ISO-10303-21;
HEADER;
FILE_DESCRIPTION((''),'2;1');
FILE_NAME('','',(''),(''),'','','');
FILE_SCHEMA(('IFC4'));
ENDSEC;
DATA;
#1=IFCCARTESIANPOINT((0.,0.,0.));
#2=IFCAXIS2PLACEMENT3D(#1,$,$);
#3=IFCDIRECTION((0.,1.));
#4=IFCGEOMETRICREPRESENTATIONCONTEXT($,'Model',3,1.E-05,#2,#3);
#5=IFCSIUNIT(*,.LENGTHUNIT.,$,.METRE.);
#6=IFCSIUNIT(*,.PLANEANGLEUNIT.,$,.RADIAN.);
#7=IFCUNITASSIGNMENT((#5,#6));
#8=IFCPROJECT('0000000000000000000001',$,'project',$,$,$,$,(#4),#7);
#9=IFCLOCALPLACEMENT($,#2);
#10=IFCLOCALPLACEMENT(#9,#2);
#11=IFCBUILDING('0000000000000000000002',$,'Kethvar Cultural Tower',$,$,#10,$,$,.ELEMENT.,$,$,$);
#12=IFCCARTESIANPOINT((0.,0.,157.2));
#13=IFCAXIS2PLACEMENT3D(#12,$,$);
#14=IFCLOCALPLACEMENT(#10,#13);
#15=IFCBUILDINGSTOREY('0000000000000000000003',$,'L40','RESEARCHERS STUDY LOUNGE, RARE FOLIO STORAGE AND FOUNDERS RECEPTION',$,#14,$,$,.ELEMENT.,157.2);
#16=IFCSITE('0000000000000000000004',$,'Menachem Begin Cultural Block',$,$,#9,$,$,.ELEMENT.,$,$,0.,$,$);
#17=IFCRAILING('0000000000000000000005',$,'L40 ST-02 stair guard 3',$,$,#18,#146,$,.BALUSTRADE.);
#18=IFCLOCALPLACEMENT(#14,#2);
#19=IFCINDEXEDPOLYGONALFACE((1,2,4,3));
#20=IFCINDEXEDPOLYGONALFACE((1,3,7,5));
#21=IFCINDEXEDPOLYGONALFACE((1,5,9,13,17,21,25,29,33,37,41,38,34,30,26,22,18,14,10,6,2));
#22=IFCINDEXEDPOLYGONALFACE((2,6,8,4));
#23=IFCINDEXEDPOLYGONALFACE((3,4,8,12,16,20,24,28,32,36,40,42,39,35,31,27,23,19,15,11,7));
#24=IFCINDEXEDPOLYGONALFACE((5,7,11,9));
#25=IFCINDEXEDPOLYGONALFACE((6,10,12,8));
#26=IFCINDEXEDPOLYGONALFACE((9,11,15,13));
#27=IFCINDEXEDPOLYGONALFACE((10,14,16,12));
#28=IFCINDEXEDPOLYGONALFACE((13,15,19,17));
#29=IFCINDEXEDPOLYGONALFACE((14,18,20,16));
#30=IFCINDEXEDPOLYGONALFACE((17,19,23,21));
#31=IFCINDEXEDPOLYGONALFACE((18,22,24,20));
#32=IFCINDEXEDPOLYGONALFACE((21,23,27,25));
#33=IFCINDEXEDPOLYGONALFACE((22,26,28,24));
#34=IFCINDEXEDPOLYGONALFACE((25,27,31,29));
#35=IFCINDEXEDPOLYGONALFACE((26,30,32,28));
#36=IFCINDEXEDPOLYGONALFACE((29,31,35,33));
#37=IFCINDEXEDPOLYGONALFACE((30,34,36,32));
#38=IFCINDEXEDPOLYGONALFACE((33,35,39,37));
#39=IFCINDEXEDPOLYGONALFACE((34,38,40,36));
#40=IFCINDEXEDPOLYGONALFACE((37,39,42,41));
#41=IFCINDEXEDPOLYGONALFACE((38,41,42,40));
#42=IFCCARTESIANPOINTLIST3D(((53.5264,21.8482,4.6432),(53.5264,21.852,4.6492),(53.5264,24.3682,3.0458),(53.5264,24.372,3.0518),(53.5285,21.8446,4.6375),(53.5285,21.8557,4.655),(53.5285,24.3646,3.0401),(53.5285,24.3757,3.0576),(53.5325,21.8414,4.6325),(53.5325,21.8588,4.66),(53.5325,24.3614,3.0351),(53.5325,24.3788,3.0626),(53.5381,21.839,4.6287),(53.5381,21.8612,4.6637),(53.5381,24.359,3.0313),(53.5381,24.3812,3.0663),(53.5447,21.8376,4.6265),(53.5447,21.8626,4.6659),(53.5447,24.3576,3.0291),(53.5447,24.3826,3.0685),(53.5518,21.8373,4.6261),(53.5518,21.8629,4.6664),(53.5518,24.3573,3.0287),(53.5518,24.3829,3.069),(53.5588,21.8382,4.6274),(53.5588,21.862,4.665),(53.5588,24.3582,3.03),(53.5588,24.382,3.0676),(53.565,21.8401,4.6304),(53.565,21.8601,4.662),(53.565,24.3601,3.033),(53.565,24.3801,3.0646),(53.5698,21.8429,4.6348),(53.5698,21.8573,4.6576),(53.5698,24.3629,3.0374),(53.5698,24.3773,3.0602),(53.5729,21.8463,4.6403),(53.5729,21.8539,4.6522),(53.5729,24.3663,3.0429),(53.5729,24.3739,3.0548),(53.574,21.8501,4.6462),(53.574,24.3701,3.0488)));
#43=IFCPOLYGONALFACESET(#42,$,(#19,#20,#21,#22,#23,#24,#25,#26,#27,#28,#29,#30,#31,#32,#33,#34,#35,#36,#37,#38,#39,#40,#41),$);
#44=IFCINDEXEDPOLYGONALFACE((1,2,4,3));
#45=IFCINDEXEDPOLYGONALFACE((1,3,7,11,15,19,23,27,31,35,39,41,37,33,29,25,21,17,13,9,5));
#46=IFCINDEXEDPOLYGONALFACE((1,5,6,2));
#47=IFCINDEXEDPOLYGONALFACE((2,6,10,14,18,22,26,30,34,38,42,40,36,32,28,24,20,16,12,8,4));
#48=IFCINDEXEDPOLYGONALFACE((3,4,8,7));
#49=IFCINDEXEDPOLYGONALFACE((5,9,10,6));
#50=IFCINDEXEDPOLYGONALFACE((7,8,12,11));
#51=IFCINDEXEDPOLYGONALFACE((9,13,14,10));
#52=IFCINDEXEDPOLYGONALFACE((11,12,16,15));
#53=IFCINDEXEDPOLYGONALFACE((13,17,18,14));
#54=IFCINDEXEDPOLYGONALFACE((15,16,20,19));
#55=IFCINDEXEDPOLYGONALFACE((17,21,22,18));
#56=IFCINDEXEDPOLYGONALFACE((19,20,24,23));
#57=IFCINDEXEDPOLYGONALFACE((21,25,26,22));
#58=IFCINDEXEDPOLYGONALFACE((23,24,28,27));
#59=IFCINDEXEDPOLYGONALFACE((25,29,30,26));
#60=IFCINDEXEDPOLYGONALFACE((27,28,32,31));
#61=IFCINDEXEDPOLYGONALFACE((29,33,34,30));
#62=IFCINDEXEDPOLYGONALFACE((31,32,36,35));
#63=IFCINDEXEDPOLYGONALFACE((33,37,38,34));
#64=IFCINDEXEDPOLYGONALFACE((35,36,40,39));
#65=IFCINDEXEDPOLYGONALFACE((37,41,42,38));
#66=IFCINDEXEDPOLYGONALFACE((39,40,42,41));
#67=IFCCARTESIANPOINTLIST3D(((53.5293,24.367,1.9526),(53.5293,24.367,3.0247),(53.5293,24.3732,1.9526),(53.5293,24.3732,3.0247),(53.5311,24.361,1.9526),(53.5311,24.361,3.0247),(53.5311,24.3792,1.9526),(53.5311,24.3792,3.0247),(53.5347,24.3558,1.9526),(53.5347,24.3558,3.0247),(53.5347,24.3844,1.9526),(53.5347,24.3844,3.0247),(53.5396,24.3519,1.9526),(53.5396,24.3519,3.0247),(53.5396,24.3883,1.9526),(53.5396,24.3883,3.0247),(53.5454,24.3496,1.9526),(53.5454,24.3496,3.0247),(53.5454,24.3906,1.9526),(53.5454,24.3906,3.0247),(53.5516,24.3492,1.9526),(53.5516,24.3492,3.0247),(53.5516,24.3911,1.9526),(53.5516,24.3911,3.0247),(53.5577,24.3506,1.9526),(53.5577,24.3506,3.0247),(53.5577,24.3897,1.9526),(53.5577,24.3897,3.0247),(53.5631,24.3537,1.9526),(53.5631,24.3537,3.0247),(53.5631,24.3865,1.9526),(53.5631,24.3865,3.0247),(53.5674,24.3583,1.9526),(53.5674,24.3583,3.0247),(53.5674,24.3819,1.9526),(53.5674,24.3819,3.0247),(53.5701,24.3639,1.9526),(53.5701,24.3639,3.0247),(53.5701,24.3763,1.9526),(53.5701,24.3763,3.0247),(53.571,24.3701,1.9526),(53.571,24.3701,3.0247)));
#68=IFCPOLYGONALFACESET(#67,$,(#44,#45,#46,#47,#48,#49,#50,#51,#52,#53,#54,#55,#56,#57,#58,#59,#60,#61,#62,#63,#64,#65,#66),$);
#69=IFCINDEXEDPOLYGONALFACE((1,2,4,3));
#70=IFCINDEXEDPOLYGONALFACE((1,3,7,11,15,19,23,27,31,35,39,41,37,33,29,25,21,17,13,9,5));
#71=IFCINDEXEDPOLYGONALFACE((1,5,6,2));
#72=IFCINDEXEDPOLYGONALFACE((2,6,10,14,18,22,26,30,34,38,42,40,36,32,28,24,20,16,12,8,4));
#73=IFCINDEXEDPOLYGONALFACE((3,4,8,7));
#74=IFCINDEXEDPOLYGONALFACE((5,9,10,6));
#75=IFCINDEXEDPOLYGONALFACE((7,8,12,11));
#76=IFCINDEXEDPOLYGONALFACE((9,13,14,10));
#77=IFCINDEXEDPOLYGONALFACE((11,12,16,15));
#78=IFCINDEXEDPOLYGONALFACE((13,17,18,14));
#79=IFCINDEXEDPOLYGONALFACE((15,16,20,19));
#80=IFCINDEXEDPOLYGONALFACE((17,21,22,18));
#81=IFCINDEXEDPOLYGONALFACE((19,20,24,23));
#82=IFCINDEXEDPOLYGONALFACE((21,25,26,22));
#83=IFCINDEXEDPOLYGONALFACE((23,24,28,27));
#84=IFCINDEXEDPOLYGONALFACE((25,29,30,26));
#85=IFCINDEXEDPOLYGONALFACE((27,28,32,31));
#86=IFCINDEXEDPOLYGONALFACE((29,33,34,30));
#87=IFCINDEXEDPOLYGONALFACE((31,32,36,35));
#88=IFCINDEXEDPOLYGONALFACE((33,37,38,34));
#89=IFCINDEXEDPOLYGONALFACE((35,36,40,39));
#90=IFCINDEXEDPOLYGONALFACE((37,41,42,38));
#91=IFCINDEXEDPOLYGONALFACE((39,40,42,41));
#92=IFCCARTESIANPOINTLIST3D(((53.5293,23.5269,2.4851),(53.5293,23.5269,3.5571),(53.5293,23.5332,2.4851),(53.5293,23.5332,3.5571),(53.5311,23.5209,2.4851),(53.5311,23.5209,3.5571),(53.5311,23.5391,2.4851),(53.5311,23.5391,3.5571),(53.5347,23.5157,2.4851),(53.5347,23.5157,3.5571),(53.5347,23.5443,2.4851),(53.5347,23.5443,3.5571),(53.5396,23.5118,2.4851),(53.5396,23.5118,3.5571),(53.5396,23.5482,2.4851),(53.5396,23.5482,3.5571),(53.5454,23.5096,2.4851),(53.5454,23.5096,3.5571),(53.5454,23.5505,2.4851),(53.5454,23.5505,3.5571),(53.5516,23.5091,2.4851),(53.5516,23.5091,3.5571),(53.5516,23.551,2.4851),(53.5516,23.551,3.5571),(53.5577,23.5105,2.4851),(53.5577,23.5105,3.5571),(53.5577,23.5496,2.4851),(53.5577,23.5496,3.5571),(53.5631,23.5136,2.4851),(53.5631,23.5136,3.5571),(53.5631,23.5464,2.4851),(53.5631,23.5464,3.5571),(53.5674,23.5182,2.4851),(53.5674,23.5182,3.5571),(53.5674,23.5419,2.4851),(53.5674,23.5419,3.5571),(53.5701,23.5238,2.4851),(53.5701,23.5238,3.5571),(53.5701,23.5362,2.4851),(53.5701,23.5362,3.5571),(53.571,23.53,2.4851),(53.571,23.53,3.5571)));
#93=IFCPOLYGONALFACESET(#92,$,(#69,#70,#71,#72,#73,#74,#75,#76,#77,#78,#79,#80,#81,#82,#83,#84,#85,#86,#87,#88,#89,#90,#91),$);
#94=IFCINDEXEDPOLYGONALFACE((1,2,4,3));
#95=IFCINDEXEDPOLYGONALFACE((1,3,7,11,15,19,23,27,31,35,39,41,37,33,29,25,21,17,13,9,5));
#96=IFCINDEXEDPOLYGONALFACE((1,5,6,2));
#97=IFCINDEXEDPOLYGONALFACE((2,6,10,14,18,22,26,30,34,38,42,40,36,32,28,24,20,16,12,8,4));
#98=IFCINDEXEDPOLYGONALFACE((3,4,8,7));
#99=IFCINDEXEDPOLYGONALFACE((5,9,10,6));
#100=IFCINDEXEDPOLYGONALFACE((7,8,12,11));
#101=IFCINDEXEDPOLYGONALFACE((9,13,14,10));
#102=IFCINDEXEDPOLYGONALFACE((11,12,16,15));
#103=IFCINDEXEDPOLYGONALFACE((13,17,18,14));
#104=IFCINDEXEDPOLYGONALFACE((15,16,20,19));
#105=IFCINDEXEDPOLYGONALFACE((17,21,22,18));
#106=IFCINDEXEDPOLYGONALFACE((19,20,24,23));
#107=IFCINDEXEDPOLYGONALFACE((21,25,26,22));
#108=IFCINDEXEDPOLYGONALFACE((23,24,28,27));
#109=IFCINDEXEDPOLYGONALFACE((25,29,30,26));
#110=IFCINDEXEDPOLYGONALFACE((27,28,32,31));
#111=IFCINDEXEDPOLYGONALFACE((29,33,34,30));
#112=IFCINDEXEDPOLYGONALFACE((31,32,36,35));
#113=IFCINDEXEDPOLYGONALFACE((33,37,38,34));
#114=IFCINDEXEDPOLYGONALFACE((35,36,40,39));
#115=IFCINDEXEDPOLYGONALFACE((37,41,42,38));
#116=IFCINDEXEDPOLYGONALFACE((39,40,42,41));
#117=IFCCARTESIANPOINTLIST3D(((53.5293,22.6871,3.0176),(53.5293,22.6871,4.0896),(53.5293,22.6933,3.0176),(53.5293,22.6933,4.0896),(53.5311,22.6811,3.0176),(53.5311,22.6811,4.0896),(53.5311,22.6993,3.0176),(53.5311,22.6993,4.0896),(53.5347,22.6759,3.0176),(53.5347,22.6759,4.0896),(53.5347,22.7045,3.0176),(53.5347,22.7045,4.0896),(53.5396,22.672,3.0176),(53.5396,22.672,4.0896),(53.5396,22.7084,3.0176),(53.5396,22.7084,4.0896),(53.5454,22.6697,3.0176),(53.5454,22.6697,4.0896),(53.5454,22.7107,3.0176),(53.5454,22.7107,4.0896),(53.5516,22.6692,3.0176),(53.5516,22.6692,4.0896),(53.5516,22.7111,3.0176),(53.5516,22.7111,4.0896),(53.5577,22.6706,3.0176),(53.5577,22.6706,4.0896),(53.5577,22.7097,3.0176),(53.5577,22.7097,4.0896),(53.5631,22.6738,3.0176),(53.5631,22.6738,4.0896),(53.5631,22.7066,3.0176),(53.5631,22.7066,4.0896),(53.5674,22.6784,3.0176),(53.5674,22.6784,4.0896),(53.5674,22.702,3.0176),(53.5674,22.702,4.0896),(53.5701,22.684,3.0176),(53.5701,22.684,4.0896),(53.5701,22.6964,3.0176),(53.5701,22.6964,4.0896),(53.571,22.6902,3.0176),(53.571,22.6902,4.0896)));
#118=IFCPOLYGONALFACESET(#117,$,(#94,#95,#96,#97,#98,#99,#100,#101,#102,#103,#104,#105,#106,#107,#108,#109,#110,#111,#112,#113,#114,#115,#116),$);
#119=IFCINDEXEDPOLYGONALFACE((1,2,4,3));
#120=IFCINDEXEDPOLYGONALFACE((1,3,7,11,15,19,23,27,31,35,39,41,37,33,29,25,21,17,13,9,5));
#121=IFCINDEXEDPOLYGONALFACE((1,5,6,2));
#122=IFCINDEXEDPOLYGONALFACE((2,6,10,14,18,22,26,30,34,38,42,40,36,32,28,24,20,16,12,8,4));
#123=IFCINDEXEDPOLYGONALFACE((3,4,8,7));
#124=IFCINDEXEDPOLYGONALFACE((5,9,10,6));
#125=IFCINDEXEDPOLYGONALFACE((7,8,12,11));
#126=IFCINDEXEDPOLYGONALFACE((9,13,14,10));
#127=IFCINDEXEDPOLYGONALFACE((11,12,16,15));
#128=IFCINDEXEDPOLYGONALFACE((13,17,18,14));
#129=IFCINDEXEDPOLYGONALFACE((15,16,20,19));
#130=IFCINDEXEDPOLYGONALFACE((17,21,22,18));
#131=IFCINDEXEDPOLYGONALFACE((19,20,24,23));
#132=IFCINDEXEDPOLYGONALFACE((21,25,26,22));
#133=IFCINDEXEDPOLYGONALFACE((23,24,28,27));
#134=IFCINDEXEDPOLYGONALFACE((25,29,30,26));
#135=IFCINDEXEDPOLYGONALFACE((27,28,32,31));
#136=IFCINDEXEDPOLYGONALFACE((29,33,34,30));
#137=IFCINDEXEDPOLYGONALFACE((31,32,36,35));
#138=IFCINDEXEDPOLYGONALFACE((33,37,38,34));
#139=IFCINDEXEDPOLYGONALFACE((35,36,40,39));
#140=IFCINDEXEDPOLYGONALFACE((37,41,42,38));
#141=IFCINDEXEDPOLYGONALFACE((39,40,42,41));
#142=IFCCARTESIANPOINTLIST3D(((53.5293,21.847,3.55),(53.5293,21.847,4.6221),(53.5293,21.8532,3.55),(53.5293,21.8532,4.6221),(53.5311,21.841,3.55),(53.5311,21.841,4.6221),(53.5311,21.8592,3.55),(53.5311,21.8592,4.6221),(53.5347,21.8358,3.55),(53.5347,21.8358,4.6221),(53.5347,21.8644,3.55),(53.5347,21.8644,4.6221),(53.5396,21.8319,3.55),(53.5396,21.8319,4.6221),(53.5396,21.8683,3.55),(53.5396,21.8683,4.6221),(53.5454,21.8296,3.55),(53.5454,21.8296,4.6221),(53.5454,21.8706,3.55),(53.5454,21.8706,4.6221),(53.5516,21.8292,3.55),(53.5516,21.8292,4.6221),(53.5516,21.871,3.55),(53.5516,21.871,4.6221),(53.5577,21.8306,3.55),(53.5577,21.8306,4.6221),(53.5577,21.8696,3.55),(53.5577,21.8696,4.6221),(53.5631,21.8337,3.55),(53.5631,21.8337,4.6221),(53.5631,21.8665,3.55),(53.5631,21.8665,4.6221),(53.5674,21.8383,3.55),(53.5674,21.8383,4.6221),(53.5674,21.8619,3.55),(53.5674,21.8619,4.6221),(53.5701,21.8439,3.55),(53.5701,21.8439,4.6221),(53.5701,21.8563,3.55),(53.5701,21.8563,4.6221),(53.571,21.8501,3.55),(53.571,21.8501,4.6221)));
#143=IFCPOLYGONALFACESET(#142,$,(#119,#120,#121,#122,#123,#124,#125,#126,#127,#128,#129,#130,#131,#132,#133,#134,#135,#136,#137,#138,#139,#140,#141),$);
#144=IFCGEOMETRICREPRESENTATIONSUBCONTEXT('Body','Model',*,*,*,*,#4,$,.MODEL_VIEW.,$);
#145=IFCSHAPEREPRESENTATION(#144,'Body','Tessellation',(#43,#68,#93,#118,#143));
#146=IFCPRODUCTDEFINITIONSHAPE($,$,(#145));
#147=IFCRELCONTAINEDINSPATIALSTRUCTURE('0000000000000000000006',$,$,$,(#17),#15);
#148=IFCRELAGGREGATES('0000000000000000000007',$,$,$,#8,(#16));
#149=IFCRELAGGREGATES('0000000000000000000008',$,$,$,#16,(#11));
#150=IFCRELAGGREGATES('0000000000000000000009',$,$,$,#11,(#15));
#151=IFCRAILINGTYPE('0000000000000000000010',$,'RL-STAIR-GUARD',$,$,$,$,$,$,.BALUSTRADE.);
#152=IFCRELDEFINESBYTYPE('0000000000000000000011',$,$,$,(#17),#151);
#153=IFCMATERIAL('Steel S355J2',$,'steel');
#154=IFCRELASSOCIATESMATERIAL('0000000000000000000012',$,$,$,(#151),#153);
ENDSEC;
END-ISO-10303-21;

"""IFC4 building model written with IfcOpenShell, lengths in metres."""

from ifc_helpers import new_model, si_unit, direction, frame, origin, origin_2d, place, context, subcontext, project, spatial, circle, extrude, material, type_object, element, save


model = new_model("IFC4")

# Units and contexts
model_context = context("Model", 3, precision=1e-05, world=origin(), true_north=direction((0.0, 1.0)))
body_context = subcontext(model_context, "Body", "Model", "MODEL_VIEW")
ifc_project = project(units=[si_unit("LENGTHUNIT", "METRE"), si_unit("PLANEANGLEUNIT", "RADIAN")], contexts=[model_context])

# Site, building, storey
site_placement = place(None, origin())
site = spatial("IfcSite", under=ifc_project, at=site_placement, Name="Menachem Begin Cultural Block", CompositionType="ELEMENT", RefElevation=0.0)
building_placement = place(site_placement, origin())
building = spatial("IfcBuilding", under=site, at=building_placement, Name="Kethvar Cultural Tower", CompositionType="ELEMENT")
storey_placement = place(building_placement, frame((0.0, 0.0, 157.2)))
storey = spatial("IfcBuildingStorey", under=building, at=storey_placement, Name="L40", Description="RESEARCHERS STUDY LOUNGE, RARE FOLIO STORAGE AND FOUNDERS RECEPTION", CompositionType="ELEMENT", Elevation=157.2)

# Shared definitions
ifc_material_1 = material(Name="Steel S355J2", Category="steel")

# Railing
railing_type_1 = type_object("IfcRailingType", Name="RL-STAIR-GUARD", PredefinedType="BALUSTRADE", material=ifc_material_1)
railing_1_placement = place(storey_placement, frame((53.55, 24.3701, 1.9526)))
element("IfcRailing", 1, at=railing_1_placement, inside=storey, type_object=railing_type_1, Name="L40 ST-02 stair guard 3", PredefinedType="BALUSTRADE", context=body_context, shape_type="SweptSolid", body=[
    extrude(circle(Radius=0.0239, at=origin_2d()), frame((0.0, 0.0, 1.0962), z_axis=(0.0, -0.844607, 0.535387), x_axis=(1.0, 0.0, 0.0)), (0.0, 0.0, 1.0), 2.9836),
    extrude(circle(Radius=0.021, at=origin_2d()), origin(), (0.0, 0.0, 1.0), 1.072),
    extrude(circle(Radius=0.021, at=origin_2d()), frame((0.0, -0.8401, 0.5325)), (0.0, 0.0, 1.0), 1.072),
    extrude(circle(Radius=0.021, at=origin_2d()), frame((0.0, -1.6799, 1.0649)), (0.0, 0.0, 1.0), 1.072),
    extrude(circle(Radius=0.021, at=origin_2d()), frame((0.0, -2.52, 1.5974)), (0.0, 0.0, 1.0), 1.072),
])

save(model, "model.ifc")
